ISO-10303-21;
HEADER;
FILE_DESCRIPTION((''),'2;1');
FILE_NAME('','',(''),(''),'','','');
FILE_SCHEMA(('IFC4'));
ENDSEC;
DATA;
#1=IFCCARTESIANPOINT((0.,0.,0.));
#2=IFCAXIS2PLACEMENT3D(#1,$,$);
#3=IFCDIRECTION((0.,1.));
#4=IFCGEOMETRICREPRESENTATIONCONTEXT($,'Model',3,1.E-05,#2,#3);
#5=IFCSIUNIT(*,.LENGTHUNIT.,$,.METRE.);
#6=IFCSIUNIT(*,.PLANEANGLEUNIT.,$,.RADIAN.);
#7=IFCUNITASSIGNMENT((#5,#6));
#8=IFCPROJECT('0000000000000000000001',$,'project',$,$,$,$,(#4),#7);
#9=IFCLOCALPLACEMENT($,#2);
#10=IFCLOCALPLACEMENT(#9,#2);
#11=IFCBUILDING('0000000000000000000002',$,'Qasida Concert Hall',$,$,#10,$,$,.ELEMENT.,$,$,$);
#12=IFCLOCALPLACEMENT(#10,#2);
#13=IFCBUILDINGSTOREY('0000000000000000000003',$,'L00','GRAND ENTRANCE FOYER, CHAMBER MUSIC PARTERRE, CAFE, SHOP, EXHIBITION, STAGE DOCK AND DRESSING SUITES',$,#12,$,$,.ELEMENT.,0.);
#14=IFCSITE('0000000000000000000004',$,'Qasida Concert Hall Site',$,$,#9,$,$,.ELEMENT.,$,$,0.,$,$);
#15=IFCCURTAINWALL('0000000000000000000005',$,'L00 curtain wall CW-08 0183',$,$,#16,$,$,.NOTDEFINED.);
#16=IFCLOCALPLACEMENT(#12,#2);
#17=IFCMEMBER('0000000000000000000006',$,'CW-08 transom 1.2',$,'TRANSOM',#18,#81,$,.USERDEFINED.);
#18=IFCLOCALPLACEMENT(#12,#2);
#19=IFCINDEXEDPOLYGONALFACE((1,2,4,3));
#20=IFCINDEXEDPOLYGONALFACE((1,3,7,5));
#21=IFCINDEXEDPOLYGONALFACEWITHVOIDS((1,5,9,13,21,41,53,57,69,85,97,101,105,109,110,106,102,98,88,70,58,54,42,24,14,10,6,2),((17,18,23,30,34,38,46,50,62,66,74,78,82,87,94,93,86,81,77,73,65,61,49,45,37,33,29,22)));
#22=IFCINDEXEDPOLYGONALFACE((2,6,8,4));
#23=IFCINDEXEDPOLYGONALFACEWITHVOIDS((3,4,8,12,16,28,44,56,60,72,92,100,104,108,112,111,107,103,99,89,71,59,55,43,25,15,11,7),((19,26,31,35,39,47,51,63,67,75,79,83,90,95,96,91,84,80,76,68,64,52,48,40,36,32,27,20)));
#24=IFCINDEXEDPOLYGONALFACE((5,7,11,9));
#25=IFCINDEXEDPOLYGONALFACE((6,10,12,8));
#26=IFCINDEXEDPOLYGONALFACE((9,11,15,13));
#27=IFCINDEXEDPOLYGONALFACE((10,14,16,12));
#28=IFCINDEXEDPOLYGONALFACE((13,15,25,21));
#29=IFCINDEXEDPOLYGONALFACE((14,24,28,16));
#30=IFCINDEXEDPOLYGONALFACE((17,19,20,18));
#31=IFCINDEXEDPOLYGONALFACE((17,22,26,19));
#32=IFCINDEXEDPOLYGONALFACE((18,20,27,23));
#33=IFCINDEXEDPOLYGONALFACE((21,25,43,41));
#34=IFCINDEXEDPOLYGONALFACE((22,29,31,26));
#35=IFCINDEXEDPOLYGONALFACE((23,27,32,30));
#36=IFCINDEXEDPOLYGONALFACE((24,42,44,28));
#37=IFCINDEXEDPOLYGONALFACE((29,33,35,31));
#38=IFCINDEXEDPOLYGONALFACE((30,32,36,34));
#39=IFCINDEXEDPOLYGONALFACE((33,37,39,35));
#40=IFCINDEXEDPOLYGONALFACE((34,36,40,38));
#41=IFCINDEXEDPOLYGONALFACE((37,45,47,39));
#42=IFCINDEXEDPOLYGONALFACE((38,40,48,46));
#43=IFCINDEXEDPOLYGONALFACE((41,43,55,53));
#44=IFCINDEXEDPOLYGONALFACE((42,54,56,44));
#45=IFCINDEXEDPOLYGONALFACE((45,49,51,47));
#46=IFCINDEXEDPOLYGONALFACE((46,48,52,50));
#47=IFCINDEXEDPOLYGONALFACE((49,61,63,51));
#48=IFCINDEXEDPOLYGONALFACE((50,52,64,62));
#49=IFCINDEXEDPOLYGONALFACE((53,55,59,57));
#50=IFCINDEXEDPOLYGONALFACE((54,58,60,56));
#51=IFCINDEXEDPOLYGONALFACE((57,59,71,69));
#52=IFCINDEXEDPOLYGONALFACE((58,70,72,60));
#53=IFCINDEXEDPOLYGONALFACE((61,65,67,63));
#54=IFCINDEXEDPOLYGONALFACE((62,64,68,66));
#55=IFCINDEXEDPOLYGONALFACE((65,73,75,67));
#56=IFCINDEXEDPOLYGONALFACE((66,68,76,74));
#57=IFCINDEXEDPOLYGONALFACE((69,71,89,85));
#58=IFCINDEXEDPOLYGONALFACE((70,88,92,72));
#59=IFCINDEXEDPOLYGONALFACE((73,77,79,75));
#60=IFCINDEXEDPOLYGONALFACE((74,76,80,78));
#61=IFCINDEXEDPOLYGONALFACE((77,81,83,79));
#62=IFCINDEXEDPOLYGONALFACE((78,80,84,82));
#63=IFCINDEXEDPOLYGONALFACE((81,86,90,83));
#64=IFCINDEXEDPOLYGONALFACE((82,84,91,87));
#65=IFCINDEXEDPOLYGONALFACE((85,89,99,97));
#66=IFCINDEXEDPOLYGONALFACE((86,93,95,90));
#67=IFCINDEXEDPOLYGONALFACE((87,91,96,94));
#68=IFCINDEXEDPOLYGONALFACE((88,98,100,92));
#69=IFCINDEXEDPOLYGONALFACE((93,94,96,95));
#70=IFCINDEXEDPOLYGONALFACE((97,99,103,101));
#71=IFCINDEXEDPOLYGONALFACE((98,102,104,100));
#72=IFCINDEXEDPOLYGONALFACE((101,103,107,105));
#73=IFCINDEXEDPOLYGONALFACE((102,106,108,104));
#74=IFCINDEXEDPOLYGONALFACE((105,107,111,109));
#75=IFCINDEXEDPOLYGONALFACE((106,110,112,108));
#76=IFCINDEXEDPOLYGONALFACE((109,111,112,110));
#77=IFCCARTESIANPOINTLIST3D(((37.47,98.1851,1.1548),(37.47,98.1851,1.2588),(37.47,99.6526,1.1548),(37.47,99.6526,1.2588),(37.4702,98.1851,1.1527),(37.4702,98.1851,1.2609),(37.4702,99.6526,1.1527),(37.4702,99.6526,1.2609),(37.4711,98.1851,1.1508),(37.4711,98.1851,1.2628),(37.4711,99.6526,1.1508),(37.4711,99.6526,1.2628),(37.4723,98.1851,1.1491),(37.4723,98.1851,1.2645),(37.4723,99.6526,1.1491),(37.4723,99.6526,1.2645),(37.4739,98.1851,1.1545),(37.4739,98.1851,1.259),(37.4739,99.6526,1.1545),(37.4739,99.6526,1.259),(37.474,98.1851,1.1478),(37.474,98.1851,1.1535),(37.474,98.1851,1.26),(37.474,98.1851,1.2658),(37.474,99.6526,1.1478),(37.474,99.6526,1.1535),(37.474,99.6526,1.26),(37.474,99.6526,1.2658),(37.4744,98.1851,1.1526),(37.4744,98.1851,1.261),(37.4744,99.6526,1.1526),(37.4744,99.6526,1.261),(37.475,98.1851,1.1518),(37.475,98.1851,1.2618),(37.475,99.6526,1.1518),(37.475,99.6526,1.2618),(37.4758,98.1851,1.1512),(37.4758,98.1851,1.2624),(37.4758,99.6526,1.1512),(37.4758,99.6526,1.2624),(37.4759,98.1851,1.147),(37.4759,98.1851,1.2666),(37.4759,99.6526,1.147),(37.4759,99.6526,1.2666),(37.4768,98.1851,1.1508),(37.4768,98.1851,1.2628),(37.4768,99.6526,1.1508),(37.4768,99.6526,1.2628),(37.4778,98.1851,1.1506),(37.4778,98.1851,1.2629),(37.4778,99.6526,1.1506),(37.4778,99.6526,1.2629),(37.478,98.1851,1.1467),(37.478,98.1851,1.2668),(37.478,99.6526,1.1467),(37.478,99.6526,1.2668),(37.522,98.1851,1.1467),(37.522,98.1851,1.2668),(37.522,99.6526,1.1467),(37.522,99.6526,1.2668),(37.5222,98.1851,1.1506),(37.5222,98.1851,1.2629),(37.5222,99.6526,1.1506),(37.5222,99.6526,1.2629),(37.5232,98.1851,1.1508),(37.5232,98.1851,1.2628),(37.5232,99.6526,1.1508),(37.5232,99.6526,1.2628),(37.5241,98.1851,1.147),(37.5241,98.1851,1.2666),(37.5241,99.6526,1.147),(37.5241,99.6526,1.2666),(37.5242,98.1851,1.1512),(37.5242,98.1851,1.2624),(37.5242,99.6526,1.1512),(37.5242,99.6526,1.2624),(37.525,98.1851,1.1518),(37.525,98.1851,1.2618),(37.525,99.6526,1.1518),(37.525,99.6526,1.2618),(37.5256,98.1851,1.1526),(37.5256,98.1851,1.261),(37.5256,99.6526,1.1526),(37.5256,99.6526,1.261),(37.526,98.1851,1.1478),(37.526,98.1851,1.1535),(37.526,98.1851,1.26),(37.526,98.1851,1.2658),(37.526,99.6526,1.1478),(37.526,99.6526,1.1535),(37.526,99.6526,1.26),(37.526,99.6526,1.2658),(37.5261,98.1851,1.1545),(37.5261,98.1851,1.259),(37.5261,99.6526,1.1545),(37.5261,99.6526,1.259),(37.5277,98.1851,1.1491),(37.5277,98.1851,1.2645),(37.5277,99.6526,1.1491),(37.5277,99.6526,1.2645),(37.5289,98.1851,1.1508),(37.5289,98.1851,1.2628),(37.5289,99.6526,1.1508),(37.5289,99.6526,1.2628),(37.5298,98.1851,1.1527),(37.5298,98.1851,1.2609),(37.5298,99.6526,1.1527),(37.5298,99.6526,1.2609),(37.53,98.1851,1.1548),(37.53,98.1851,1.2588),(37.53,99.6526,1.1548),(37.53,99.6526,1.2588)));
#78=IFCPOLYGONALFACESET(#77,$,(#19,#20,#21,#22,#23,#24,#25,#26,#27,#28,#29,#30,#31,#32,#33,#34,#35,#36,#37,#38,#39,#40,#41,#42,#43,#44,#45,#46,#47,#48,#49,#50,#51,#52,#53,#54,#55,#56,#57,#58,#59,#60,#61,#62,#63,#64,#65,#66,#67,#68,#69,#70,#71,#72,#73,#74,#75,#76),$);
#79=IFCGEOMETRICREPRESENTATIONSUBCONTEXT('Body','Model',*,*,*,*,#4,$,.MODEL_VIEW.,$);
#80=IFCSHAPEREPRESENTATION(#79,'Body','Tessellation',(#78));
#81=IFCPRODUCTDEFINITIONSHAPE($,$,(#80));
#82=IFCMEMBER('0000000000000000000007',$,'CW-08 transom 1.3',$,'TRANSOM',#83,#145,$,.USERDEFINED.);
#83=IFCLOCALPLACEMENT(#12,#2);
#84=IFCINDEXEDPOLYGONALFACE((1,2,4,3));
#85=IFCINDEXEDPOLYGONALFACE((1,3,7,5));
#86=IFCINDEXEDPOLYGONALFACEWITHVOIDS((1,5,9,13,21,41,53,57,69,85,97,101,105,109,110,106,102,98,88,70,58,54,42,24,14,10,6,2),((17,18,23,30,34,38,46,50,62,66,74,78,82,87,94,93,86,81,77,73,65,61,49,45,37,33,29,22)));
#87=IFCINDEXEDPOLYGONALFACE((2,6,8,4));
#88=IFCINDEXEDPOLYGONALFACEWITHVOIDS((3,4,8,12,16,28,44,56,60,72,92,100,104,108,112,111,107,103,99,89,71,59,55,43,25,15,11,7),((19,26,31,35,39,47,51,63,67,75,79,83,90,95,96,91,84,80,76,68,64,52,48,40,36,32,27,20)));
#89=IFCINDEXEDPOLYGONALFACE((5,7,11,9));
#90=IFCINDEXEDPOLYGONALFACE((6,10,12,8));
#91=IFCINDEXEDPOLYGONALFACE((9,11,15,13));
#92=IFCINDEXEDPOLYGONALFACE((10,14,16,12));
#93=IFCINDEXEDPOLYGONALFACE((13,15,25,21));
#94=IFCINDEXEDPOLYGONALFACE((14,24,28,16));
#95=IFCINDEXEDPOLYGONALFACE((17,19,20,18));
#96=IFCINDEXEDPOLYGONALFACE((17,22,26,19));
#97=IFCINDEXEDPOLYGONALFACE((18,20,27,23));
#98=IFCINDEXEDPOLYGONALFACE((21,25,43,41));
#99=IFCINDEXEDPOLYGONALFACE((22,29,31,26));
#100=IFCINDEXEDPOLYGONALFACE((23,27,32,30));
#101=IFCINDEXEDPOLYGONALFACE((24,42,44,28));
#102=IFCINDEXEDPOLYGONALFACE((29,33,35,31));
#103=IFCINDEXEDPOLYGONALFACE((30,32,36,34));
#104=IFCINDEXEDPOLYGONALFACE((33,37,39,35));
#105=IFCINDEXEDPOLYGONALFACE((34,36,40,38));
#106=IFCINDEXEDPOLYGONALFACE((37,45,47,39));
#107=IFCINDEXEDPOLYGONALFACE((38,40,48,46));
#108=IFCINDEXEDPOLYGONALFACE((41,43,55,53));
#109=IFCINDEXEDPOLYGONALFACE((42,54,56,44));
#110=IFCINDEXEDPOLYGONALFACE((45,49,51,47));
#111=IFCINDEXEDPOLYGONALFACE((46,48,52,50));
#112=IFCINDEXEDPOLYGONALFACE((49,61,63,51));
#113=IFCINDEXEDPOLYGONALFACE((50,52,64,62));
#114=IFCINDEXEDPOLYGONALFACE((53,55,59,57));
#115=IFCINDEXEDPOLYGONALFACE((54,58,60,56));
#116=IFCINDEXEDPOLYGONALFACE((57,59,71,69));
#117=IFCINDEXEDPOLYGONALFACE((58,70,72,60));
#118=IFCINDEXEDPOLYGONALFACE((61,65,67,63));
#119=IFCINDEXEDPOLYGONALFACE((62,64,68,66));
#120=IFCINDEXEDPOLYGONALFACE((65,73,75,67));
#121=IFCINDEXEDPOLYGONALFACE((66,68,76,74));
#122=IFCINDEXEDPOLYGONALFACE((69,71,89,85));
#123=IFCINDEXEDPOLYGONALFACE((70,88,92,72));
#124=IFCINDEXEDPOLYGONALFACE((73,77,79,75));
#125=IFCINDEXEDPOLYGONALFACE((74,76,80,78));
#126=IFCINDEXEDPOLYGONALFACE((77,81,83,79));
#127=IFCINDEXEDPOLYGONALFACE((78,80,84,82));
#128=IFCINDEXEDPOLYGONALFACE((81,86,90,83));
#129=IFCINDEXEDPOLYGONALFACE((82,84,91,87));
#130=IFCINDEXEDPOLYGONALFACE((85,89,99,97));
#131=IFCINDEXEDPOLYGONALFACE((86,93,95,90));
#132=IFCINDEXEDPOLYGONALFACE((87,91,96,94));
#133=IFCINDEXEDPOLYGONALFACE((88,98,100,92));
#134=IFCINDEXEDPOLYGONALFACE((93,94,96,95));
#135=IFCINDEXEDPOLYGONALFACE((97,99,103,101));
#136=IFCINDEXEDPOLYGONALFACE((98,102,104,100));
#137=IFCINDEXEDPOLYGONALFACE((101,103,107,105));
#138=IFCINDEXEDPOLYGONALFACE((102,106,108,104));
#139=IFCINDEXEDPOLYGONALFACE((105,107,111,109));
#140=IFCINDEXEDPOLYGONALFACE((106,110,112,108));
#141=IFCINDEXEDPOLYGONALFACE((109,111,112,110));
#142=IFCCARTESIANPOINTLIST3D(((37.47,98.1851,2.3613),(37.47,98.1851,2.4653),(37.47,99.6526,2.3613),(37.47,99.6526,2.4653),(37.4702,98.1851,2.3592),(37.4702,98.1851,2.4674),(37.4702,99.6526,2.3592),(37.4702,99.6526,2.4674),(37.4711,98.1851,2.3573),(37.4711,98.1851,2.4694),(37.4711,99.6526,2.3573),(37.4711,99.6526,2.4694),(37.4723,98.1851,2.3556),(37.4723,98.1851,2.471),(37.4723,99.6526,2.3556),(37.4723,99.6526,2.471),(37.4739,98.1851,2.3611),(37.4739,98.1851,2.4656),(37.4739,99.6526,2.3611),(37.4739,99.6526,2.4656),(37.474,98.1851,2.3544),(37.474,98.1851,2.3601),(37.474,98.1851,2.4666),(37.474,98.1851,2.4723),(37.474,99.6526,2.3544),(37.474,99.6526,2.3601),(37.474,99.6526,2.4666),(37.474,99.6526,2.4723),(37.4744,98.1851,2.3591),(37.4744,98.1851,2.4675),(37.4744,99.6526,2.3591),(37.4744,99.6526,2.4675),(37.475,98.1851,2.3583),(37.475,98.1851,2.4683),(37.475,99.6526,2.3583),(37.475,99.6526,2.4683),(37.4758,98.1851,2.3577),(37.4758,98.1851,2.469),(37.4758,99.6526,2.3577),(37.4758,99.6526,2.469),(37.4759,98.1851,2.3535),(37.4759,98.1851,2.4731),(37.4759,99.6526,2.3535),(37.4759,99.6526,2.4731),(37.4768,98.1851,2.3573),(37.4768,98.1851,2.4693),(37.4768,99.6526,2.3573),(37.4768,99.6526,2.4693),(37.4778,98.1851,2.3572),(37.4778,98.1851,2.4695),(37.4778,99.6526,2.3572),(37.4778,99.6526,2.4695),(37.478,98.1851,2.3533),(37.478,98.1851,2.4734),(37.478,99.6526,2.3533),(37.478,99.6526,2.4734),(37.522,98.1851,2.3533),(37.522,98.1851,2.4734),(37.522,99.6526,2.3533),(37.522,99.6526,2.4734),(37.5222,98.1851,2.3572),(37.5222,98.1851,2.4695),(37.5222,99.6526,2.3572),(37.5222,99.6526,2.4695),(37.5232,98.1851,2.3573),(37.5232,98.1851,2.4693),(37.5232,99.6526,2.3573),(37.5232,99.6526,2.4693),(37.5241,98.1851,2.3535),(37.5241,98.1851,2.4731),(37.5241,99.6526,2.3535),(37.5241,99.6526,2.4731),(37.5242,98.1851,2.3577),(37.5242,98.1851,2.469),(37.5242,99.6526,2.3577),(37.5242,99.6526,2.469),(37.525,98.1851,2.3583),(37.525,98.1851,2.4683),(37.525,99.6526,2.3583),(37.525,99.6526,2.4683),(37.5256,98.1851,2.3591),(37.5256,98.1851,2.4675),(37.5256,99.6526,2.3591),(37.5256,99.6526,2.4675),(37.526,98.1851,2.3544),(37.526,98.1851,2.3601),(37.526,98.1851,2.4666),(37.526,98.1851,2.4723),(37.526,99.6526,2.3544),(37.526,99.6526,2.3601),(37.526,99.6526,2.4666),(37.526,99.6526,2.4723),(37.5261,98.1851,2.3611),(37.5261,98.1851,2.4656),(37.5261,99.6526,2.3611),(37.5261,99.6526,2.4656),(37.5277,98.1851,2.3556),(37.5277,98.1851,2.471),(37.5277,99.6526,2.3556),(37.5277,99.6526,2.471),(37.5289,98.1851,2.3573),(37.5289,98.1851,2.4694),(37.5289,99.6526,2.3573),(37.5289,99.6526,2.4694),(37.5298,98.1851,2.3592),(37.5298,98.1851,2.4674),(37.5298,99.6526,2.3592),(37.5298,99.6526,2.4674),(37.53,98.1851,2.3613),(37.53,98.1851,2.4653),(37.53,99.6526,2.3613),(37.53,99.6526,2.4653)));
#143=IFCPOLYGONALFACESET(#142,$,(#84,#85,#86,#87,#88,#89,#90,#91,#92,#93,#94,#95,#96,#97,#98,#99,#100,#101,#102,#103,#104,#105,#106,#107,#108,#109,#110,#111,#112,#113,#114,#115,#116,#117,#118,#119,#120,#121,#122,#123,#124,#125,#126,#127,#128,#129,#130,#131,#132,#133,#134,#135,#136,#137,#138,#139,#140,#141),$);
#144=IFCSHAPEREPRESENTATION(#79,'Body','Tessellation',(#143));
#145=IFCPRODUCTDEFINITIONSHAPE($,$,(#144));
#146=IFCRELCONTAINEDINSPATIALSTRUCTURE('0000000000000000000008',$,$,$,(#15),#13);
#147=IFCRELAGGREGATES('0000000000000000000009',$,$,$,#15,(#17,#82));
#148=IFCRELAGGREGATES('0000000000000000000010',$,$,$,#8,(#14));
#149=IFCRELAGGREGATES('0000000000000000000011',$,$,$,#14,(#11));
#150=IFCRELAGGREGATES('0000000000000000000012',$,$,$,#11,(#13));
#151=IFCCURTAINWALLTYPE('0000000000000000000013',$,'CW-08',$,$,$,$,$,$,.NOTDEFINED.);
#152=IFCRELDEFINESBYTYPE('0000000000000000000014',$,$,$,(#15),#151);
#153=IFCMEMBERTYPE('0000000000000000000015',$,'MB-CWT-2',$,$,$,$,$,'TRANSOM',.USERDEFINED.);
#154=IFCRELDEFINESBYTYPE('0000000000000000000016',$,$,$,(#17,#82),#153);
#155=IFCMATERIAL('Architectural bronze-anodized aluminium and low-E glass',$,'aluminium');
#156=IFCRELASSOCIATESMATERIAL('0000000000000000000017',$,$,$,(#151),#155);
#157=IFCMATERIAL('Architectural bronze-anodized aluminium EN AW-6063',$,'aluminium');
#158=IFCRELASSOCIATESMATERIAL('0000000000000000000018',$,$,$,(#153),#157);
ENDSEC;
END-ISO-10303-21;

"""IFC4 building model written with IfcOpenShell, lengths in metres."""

from ifc_helpers import new_model, si_unit, direction, frame, origin, origin_2d, place, context, subcontext, project, spatial, hollow_rectangle, extrude, material, material_profile, profile_set, type_object, element, aggregate, save


model = new_model("IFC4")

# Units and contexts
model_context = context("Model", 3, precision=1e-05, world=origin(), true_north=direction((0.0, 1.0)))
body_context = subcontext(model_context, "Body", "Model", "MODEL_VIEW")
ifc_project = project(units=[si_unit("LENGTHUNIT", "METRE"), si_unit("PLANEANGLEUNIT", "RADIAN")], contexts=[model_context])

# Site, building, storey
site_placement = place(None, origin())
site = spatial("IfcSite", under=ifc_project, at=site_placement, Name="Qasida Concert Hall Site", CompositionType="ELEMENT", RefElevation=0.0)
building_placement = place(site_placement, origin())
building = spatial("IfcBuilding", under=site, at=building_placement, Name="Qasida Concert Hall", CompositionType="ELEMENT")
storey_placement = place(building_placement, origin())
storey = spatial("IfcBuildingStorey", under=building, at=storey_placement, Name="L00", Description="GRAND ENTRANCE FOYER, CHAMBER MUSIC PARTERRE, CAFE, SHOP, EXHIBITION, STAGE DOCK AND DRESSING SUITES", CompositionType="ELEMENT", Elevation=0.0)

# Shared definitions
ifc_material_1 = material(Name="Architectural bronze-anodized aluminium and low-E glass", Category="aluminium")
curtain_wall_type = type_object("IfcCurtainWallType", Name="CW-08", PredefinedType="NOTDEFINED", material=ifc_material_1)
ifc_material_2 = material(Name="Architectural bronze-anodized aluminium EN AW-6063", Category="aluminium")

# Curtain wall, members
curtain_wall_1_placement = place(storey_placement, origin())
curtain_wall_1 = element("IfcCurtainWall", 1, at=curtain_wall_1_placement, inside=storey, type_object=curtain_wall_type, Name="L00 curtain wall CW-08 0183", PredefinedType="NOTDEFINED")
ifc_material_profile_1 = material_profile(ifc_material_2, hollow_rectangle(XDim=0.0601, YDim=0.1201, WallThickness=0.0039, InnerFilletRadius=0.0039, OuterFilletRadius=0.0081, at=origin_2d()), Name="CWT 120x60x4")
ifc_profile_set_1 = profile_set([ifc_material_profile_1], Name="Architectural bronze-anodized aluminium EN AW-6063")
member_type_1 = type_object("IfcMemberType", Name="MB-CWT-2", ElementType="TRANSOM", PredefinedType="USERDEFINED", material=ifc_profile_set_1)
member_1_placement = place(storey_placement, frame((37.5, 98.1851, 1.2068), z_axis=(0.0, 1.0, 0.0), x_axis=(-1.0, 0.0, 0.0)))
member_1 = element("IfcMember", 2, at=member_1_placement, type_object=member_type_1, Name="CW-08 transom 1.2", ObjectType="TRANSOM", PredefinedType="USERDEFINED", context=body_context, shape_type="SweptSolid", body=[
    extrude(hollow_rectangle(XDim=0.0601, YDim=0.1201, WallThickness=0.0039, InnerFilletRadius=0.0039, OuterFilletRadius=0.0081, at=origin_2d()), origin(), (0.0, 0.0, 1.0), 1.4675),
])
member_2_placement = place(storey_placement, frame((37.5, 98.1851, 2.4133), z_axis=(0.0, 1.0, 0.0), x_axis=(-1.0, 0.0, 0.0)))
member_2 = element("IfcMember", 3, at=member_2_placement, type_object=member_type_1, Name="CW-08 transom 1.3", ObjectType="TRANSOM", PredefinedType="USERDEFINED", context=body_context, shape_type="SweptSolid", body=[
    extrude(hollow_rectangle(XDim=0.0601, YDim=0.1201, WallThickness=0.0039, InnerFilletRadius=0.0039, OuterFilletRadius=0.0081, at=origin_2d()), origin(), (0.0, 0.0, 1.0), 1.4675),
])

aggregate(curtain_wall_1, [member_1, member_2])

save(model, "model.ifc")
